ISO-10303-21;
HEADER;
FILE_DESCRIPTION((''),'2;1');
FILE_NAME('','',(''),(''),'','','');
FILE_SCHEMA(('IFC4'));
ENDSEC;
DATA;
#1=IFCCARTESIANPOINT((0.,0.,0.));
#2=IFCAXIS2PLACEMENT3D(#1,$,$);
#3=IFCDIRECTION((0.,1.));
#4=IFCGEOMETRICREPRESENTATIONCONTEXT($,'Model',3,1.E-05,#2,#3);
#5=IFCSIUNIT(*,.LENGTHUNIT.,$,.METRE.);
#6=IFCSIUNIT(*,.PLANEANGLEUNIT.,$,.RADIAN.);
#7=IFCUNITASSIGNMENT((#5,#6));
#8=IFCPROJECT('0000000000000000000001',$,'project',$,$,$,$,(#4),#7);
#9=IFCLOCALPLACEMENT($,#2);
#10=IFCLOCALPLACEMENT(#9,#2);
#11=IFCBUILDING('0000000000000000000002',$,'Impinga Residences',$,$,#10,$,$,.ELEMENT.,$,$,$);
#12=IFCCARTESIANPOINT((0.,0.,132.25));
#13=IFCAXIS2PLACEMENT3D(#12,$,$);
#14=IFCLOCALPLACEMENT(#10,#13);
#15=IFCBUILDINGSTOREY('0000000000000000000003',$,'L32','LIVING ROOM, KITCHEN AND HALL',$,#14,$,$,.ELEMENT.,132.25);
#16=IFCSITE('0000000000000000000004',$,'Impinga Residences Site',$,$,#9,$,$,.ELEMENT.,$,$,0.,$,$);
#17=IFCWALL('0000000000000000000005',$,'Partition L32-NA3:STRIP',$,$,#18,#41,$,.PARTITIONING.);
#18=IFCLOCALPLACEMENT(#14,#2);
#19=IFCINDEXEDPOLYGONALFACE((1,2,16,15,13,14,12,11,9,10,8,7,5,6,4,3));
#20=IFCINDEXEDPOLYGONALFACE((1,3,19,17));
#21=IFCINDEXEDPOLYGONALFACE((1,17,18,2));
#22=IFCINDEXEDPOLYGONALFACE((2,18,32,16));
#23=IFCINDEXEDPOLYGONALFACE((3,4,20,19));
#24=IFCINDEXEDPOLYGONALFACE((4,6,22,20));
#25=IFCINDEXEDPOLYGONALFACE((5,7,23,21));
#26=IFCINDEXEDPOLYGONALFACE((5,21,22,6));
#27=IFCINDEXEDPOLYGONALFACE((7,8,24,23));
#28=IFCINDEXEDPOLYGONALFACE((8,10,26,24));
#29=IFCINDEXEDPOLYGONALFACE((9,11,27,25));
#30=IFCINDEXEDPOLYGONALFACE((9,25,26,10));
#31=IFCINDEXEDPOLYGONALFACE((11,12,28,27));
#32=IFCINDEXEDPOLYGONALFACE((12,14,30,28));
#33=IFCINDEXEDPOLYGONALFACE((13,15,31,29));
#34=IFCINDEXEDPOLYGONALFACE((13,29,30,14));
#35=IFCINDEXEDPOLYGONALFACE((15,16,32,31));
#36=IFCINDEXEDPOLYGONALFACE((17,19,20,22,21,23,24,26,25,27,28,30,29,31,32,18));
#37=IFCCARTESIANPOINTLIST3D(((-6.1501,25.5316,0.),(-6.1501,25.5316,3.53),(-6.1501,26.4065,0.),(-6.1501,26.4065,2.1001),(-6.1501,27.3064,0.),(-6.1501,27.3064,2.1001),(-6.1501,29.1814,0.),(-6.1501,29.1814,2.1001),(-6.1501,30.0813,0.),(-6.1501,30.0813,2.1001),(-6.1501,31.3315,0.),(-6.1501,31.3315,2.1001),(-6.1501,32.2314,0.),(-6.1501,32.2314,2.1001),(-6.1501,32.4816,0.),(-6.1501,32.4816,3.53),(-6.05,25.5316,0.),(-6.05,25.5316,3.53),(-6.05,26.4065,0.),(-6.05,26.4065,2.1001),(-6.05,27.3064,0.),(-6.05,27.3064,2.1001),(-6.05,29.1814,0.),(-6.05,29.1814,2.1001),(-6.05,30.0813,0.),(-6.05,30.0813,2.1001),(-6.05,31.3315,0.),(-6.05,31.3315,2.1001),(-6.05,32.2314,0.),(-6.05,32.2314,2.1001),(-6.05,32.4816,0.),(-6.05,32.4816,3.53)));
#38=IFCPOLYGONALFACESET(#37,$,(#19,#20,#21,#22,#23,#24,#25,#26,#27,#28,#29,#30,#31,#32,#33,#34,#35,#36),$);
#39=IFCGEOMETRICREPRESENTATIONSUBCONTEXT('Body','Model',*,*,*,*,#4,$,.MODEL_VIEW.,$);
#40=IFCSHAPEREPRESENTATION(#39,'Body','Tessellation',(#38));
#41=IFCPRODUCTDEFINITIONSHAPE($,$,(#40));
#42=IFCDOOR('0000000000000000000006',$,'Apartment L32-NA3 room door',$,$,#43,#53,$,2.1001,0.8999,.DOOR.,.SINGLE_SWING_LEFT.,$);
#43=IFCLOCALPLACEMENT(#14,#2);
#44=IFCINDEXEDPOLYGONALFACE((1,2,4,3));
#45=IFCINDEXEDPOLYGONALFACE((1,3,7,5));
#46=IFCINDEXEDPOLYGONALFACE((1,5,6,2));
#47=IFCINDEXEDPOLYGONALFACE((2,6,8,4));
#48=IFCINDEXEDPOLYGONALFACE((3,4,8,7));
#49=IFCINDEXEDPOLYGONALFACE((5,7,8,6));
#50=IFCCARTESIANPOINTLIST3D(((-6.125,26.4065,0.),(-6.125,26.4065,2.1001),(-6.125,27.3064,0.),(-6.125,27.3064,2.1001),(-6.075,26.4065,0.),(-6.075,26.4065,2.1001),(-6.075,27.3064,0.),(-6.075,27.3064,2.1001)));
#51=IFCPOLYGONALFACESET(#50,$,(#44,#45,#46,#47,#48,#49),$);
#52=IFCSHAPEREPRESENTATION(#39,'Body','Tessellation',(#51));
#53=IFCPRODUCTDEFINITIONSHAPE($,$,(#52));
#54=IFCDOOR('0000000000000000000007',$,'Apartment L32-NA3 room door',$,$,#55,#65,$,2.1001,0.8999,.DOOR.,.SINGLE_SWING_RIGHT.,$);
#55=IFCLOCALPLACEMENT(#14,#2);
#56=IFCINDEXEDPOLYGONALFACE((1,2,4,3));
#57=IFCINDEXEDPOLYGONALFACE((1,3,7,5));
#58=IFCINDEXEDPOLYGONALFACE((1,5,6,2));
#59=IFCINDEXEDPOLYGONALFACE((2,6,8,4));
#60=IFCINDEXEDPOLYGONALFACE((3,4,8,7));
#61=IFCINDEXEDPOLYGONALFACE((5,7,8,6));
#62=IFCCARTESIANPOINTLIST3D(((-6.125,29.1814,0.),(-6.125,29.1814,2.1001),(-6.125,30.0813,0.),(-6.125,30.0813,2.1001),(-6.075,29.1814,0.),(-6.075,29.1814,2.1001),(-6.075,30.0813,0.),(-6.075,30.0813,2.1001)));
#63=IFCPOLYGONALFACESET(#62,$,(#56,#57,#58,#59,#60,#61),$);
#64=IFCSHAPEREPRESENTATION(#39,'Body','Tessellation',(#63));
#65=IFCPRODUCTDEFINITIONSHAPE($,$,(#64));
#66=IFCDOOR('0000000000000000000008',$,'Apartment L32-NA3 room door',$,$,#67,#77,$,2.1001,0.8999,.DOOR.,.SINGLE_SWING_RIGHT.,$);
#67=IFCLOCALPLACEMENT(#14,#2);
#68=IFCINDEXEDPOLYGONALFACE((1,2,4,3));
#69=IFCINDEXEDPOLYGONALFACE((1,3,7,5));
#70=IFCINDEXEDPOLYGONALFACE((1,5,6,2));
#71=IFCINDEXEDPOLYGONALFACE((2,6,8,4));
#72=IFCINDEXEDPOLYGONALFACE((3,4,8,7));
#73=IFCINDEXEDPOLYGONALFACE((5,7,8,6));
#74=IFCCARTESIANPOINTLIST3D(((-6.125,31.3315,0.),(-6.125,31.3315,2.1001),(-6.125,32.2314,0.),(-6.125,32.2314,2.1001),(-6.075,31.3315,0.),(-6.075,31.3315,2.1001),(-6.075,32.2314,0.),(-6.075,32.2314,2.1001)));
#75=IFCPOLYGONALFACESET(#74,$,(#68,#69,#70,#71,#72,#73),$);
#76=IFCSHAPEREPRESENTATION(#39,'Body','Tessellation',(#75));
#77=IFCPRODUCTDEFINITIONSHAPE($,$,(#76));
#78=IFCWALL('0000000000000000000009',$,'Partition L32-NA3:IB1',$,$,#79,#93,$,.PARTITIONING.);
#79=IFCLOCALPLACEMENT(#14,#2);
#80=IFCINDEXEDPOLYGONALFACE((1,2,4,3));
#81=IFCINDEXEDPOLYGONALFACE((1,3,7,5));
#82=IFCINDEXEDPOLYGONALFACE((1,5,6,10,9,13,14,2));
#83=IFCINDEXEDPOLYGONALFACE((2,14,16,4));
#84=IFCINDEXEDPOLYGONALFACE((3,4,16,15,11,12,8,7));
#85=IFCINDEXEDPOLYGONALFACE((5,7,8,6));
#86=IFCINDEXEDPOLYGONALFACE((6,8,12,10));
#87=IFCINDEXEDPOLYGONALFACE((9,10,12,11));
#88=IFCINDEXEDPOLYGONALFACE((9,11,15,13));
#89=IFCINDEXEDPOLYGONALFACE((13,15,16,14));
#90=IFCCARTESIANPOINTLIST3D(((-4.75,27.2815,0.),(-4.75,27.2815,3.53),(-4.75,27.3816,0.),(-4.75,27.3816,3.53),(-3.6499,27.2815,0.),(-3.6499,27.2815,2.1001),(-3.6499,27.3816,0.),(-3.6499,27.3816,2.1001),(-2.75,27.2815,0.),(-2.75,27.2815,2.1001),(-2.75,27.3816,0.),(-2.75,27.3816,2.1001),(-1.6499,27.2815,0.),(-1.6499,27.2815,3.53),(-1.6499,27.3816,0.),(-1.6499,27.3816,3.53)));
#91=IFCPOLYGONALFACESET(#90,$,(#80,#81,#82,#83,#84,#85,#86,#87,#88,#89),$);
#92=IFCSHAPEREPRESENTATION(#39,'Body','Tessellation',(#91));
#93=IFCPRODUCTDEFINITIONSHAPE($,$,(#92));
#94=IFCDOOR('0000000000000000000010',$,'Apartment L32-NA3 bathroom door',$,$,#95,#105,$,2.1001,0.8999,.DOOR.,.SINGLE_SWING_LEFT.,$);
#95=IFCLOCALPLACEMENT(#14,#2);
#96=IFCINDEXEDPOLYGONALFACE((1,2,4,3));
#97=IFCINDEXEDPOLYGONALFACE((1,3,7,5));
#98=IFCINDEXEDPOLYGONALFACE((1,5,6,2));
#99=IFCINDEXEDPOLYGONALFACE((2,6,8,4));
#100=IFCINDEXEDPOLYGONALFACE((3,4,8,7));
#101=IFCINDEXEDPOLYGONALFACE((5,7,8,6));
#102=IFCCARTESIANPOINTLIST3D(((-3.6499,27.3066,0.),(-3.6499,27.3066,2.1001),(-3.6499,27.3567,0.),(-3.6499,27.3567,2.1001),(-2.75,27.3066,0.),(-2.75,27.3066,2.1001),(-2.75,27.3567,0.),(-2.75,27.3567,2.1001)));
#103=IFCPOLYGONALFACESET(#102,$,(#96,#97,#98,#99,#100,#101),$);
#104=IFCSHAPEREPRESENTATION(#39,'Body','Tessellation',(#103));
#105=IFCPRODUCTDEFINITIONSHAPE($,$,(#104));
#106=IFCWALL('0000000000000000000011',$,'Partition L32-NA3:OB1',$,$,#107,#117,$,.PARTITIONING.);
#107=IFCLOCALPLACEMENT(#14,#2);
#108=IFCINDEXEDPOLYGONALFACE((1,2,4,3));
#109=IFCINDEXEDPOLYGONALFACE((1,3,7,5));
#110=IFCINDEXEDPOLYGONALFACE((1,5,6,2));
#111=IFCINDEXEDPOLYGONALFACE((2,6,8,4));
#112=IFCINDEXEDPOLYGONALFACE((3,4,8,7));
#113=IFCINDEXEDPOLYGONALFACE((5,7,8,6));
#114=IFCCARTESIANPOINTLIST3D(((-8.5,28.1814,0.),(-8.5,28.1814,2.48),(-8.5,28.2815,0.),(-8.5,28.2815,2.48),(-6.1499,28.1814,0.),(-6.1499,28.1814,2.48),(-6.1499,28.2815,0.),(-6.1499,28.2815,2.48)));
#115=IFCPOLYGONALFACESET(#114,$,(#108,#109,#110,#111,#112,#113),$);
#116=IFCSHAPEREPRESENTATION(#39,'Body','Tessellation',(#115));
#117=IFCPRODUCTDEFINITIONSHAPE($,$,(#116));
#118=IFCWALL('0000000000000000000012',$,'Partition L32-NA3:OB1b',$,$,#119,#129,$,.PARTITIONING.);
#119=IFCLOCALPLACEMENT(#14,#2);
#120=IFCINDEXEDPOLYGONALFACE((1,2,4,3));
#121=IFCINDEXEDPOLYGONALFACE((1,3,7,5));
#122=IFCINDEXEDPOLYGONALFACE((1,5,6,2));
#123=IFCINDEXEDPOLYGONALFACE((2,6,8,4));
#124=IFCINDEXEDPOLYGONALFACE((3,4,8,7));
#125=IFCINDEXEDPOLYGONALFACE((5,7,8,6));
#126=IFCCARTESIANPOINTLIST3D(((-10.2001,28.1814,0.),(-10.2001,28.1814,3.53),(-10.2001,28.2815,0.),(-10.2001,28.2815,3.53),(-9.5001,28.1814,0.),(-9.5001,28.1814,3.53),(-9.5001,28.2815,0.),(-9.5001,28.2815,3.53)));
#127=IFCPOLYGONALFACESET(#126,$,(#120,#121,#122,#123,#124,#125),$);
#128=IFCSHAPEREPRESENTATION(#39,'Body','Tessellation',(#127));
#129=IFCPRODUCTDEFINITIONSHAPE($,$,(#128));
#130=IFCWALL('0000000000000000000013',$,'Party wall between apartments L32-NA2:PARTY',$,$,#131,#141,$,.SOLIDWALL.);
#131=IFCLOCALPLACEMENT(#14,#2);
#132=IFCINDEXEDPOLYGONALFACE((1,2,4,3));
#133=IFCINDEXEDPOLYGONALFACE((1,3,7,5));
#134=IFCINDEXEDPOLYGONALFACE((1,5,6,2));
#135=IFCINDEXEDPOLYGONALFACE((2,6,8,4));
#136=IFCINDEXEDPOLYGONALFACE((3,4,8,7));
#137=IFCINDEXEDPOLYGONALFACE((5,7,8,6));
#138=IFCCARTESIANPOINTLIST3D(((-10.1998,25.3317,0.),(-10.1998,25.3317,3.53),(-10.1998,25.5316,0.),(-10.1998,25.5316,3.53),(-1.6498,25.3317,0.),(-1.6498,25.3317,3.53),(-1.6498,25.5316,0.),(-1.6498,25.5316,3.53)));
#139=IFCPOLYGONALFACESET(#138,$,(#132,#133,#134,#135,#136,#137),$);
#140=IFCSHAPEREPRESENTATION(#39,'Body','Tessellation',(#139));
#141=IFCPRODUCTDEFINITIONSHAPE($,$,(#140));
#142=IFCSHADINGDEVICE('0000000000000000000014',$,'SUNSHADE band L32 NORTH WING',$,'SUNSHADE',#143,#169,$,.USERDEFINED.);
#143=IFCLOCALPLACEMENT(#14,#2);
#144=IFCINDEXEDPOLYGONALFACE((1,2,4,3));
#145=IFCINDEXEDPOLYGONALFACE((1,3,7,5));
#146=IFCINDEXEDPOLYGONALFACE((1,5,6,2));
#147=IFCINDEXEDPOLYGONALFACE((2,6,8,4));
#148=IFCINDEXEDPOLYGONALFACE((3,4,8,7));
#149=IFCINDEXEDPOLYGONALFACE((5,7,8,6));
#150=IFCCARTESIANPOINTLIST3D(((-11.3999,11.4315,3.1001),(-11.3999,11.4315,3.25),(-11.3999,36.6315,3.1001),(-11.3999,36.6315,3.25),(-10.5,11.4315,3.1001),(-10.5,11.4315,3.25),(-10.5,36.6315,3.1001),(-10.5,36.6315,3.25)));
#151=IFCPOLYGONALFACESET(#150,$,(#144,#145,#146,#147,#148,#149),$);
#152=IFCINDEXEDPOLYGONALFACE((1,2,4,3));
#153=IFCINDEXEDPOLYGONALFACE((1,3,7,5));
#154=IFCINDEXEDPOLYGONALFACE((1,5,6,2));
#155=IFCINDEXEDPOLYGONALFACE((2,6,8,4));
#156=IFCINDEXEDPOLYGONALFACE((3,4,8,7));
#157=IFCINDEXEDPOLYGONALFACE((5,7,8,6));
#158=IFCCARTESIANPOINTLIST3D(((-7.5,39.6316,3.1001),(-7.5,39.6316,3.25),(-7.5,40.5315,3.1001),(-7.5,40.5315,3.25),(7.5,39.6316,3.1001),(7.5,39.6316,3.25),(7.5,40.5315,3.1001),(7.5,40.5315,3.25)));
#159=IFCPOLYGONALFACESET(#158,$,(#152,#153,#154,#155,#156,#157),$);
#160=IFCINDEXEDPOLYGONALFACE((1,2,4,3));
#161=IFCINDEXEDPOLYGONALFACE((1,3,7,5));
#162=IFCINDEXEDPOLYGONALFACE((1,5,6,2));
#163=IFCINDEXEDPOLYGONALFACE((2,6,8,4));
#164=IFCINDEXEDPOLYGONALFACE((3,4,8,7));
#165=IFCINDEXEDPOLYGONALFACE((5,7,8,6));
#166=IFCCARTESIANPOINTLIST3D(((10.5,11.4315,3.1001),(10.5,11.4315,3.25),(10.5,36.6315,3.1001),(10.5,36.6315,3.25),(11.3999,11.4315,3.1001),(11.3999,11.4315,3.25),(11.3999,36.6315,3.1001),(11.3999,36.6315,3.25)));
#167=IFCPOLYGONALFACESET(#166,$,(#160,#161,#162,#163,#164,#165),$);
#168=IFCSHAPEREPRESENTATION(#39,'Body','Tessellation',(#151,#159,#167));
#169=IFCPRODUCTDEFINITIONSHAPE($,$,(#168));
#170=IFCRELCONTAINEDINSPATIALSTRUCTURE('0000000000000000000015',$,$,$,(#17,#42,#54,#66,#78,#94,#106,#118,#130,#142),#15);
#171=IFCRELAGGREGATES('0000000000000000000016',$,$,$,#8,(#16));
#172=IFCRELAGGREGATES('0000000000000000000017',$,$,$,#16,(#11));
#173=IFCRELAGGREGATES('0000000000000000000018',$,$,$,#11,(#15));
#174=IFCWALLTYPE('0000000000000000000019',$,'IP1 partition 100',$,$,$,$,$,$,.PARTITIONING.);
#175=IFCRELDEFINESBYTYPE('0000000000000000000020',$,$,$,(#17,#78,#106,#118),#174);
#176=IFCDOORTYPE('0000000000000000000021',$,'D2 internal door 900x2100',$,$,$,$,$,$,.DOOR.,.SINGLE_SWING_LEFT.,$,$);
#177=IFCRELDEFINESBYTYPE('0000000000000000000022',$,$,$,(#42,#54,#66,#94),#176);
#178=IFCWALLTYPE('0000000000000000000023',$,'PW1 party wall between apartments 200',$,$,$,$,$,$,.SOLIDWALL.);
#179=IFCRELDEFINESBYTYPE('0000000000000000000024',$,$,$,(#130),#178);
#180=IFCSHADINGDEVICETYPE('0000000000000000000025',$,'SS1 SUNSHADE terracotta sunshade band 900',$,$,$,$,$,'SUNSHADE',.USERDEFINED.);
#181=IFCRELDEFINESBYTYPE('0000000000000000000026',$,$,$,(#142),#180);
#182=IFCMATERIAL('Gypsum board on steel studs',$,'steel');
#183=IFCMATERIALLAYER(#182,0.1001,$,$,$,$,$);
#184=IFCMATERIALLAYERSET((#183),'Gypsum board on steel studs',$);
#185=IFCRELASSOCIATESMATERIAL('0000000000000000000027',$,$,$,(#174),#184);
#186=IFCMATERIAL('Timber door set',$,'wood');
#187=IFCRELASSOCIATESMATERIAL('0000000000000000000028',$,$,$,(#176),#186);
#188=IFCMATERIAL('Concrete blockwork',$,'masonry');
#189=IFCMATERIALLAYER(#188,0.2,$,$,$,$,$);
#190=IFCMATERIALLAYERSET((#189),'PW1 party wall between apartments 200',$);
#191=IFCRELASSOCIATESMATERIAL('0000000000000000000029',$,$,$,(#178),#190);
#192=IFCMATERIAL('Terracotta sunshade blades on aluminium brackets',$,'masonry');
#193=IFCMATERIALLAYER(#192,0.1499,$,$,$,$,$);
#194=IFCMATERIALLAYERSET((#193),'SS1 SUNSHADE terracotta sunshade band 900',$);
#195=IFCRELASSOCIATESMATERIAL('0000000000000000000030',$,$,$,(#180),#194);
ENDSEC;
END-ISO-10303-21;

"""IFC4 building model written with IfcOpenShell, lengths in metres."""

from ifc_helpers import new_model, si_unit, direction, frame, frame_2d, origin, origin_2d, place, context, subcontext, project, spatial, rectangle, extrude, material, layer, layer_set, type_object, element, fill, save


model = new_model("IFC4")

# Units and contexts
model_context = context("Model", 3, precision=1e-05, world=origin(), true_north=direction((0.0, 1.0)))
body_context = subcontext(model_context, "Body", "Model", "MODEL_VIEW")
ifc_project = project(units=[si_unit("LENGTHUNIT", "METRE"), si_unit("PLANEANGLEUNIT", "RADIAN")], contexts=[model_context])

# Site, building, storey
site_placement = place(None, origin())
site = spatial("IfcSite", under=ifc_project, at=site_placement, Name="Impinga Residences Site", CompositionType="ELEMENT", RefElevation=0.0)
building_placement = place(site_placement, origin())
building = spatial("IfcBuilding", under=site, at=building_placement, Name="Impinga Residences", CompositionType="ELEMENT")
storey_placement = place(building_placement, frame((0.0, 0.0, 132.25)))
storey = spatial("IfcBuildingStorey", under=building, at=storey_placement, Name="L32", Description="LIVING ROOM, KITCHEN AND HALL", CompositionType="ELEMENT", Elevation=132.25)

# Shared definitions
ifc_material_1 = material(Name="Concrete blockwork", Category="masonry")
ifc_material_2 = material(Name="Timber door set", Category="wood")
ifc_material_3 = material(Name="Gypsum board on steel studs", Category="steel")
ifc_layer_1 = layer(ifc_material_3, 0.1001)
ifc_layer_set_1 = layer_set([ifc_layer_1], Name="Gypsum board on steel studs")
wall_type_1 = type_object("IfcWallType", Name="IP1 partition 100", PredefinedType="PARTITIONING", material=ifc_layer_set_1)
door_type_1 = type_object("IfcDoorType", Name="D2 internal door 900x2100", OperationType="SINGLE_SWING_LEFT", PredefinedType="DOOR", material=ifc_material_2)

# Wall, openings, doors
wall_1_placement = place(storey_placement, frame((-6.1001, 25.5315, 0.0), z_axis=(0.0, 0.0, 1.0), x_axis=(0.0, 1.0, 0.0)))
wall_1 = element("IfcWall", 1, at=wall_1_placement, inside=storey, type_object=wall_type_1, Name="Partition L32-NA3:STRIP", PredefinedType="PARTITIONING", context=body_context, shape_type="SweptSolid", body=[
    extrude(rectangle(XDim=6.95, YDim=0.1001, at=frame_2d((3.4751, 0.0))), origin(), (0.0, 0.0, 1.0), 3.53),
])
opening_1_placement = place(wall_1_placement, frame((0.875, 0.0, 0.0)))
opening_1 = element("IfcOpeningElement", 2, at=opening_1_placement, cuts=wall_1, PredefinedType="OPENING", context=body_context, shape_type="SweptSolid", body=[
    extrude(rectangle(XDim=0.8999, YDim=2.1001, at=frame_2d((0.45, 1.05))), frame((0.0, 0.0601, 0.0), z_axis=(0.0, -1.0, 0.0), x_axis=(1.0, 0.0, 0.0)), (0.0, 0.0, 1.0), 0.1201),
])
opening_2_placement = place(wall_1_placement, frame((3.6499, 0.0, 0.0)))
opening_2 = element("IfcOpeningElement", 3, at=opening_2_placement, cuts=wall_1, PredefinedType="OPENING", context=body_context, shape_type="SweptSolid", body=[
    extrude(rectangle(XDim=0.8999, YDim=2.1001, at=frame_2d((0.45, 1.05))), frame((0.0, 0.0601, 0.0), z_axis=(0.0, -1.0, 0.0), x_axis=(1.0, 0.0, 0.0)), (0.0, 0.0, 1.0), 0.1201),
])
opening_3_placement = place(wall_1_placement, frame((5.8, 0.0, 0.0)))
opening_3 = element("IfcOpeningElement", 4, at=opening_3_placement, cuts=wall_1, PredefinedType="OPENING", context=body_context, shape_type="SweptSolid", body=[
    extrude(rectangle(XDim=0.8999, YDim=2.1001, at=frame_2d((0.45, 1.05))), frame((0.0, 0.0601, 0.0), z_axis=(0.0, -1.0, 0.0), x_axis=(1.0, 0.0, 0.0)), (0.0, 0.0, 1.0), 0.1201),
])
door_1_placement = place(opening_1_placement, origin())
door_1 = element("IfcDoor", 5, at=door_1_placement, inside=storey, type_object=door_type_1, Name="Apartment L32-NA3 room door", OperationType="SINGLE_SWING_LEFT", OverallHeight=2.1001, OverallWidth=0.8999, PredefinedType="DOOR", context=body_context, shape_type="SweptSolid", body=[
    extrude(rectangle(XDim=0.8999, YDim=2.1001, at=frame_2d((0.45, 1.05))), frame((0.0, 0.0249, 0.0), z_axis=(0.0, -1.0, 0.0), x_axis=(1.0, 0.0, 0.0)), (0.0, 0.0, 1.0), 0.05),
])
fill(opening_1, door_1)
door_2_placement = place(opening_2_placement, origin())
door_2 = element("IfcDoor", 6, at=door_2_placement, inside=storey, type_object=door_type_1, Name="Apartment L32-NA3 room door", OperationType="SINGLE_SWING_RIGHT", OverallHeight=2.1001, OverallWidth=0.8999, PredefinedType="DOOR", context=body_context, shape_type="SweptSolid", body=[
    extrude(rectangle(XDim=0.8999, YDim=2.1001, at=frame_2d((0.45, 1.05))), frame((0.0, 0.0249, 0.0), z_axis=(0.0, -1.0, 0.0), x_axis=(1.0, 0.0, 0.0)), (0.0, 0.0, 1.0), 0.05),
])
fill(opening_2, door_2)
door_3_placement = place(opening_3_placement, origin())
door_3 = element("IfcDoor", 7, at=door_3_placement, inside=storey, type_object=door_type_1, Name="Apartment L32-NA3 room door", OperationType="SINGLE_SWING_RIGHT", OverallHeight=2.1001, OverallWidth=0.8999, PredefinedType="DOOR", context=body_context, shape_type="SweptSolid", body=[
    extrude(rectangle(XDim=0.8999, YDim=2.1001, at=frame_2d((0.45, 1.05))), frame((0.0, 0.0249, 0.0), z_axis=(0.0, -1.0, 0.0), x_axis=(1.0, 0.0, 0.0)), (0.0, 0.0, 1.0), 0.05),
])
fill(opening_3, door_3)

# Wall, opening, door
wall_2_placement = place(storey_placement, frame((-1.6499, 27.3315, 0.0), z_axis=(0.0, 0.0, 1.0), x_axis=(-1.0, 0.0, 0.0)))
wall_2 = element("IfcWall", 8, at=wall_2_placement, inside=storey, type_object=wall_type_1, Name="Partition L32-NA3:IB1", PredefinedType="PARTITIONING", context=body_context, shape_type="SweptSolid", body=[
    extrude(rectangle(XDim=3.1001, YDim=0.1001, at=frame_2d((1.55, 0.0))), origin(), (0.0, 0.0, 1.0), 3.53),
])
opening_4_placement = place(wall_2_placement, frame((1.1001, 0.0, 0.0)))
opening_4 = element("IfcOpeningElement", 9, at=opening_4_placement, cuts=wall_2, PredefinedType="OPENING", context=body_context, shape_type="SweptSolid", body=[
    extrude(rectangle(XDim=0.8999, YDim=2.1001, at=frame_2d((0.45, 1.05))), frame((0.0, 0.0601, 0.0), z_axis=(0.0, -1.0, 0.0), x_axis=(1.0, 0.0, 0.0)), (0.0, 0.0, 1.0), 0.1201),
])
door_4_placement = place(opening_4_placement, origin())
door_4 = element("IfcDoor", 10, at=door_4_placement, inside=storey, type_object=door_type_1, Name="Apartment L32-NA3 bathroom door", OperationType="SINGLE_SWING_LEFT", OverallHeight=2.1001, OverallWidth=0.8999, PredefinedType="DOOR", context=body_context, shape_type="SweptSolid", body=[
    extrude(rectangle(XDim=0.8999, YDim=2.1001, at=frame_2d((0.45, 1.05))), frame((0.0, 0.0249, 0.0), z_axis=(0.0, -1.0, 0.0), x_axis=(1.0, 0.0, 0.0)), (0.0, 0.0, 1.0), 0.05),
])
fill(opening_4, door_4)

# Walls
wall_3_placement = place(storey_placement, frame((-6.1499, 28.2314, 0.0), z_axis=(0.0, 0.0, 1.0), x_axis=(-1.0, 0.0, 0.0)))
element("IfcWall", 11, at=wall_3_placement, inside=storey, type_object=wall_type_1, Name="Partition L32-NA3:OB1", PredefinedType="PARTITIONING", context=body_context, shape_type="SweptSolid", body=[
    extrude(rectangle(XDim=2.3501, YDim=0.1001, at=frame_2d((1.175, 0.0))), origin(), (0.0, 0.0, 1.0), 2.48),
])
wall_4_placement = place(storey_placement, frame((-9.5, 28.2314, 0.0), z_axis=(0.0, 0.0, 1.0), x_axis=(-1.0, 0.0, 0.0)))
element("IfcWall", 12, at=wall_4_placement, inside=storey, type_object=wall_type_1, Name="Partition L32-NA3:OB1b", PredefinedType="PARTITIONING", context=body_context, shape_type="SweptSolid", body=[
    extrude(rectangle(XDim=0.7, YDim=0.1001, at=frame_2d((0.3501, 0.0))), origin(), (0.0, 0.0, 1.0), 3.53),
])
ifc_layer_2 = layer(ifc_material_1, 0.2)
ifc_layer_set_2 = layer_set([ifc_layer_2], Name="PW1 party wall between apartments 200")
wall_type_2 = type_object("IfcWallType", Name="PW1 party wall between apartments 200", PredefinedType="SOLIDWALL", material=ifc_layer_set_2)
wall_5_placement = place(storey_placement, frame((-1.6499, 25.4316, 0.0), z_axis=(0.0, 0.0, 1.0), x_axis=(-1.0, 0.0, 0.0)))
element("IfcWall", 13, at=wall_5_placement, inside=storey, type_object=wall_type_2, Name="Party wall between apartments L32-NA2:PARTY", PredefinedType="SOLIDWALL", context=body_context, shape_type="SweptSolid", body=[
    extrude(rectangle(XDim=8.55, YDim=0.2, at=frame_2d((4.2749, 0.0))), origin(), (0.0, 0.0, 1.0), 3.53),
])

# Shading device
ifc_material_4 = material(Name="Terracotta sunshade blades on aluminium brackets", Category="masonry")
ifc_layer_3 = layer(ifc_material_4, 0.1499)
ifc_layer_set_3 = layer_set([ifc_layer_3], Name="SS1 SUNSHADE terracotta sunshade band 900")
shading_device_type = type_object("IfcShadingDeviceType", Name="SS1 SUNSHADE terracotta sunshade band 900", ElementType="SUNSHADE", PredefinedType="USERDEFINED", material=ifc_layer_set_3)
shading_device_placement = place(storey_placement, frame((-10.95, 24.0315, 3.1001), z_axis=(0.0, 0.0, 1.0), x_axis=(0.0, 1.0, 0.0)))
element("IfcShadingDevice", 14, at=shading_device_placement, inside=storey, type_object=shading_device_type, Name="SUNSHADE band L32 NORTH WING", ObjectType="SUNSHADE", PredefinedType="USERDEFINED", context=body_context, shape_type="SweptSolid", body=[
    extrude(rectangle(XDim=25.2, YDim=0.8999, at=origin_2d()), origin(), (0.0, 0.0, 1.0), 0.1499),
    extrude(rectangle(XDim=15.0, YDim=0.8999, at=origin_2d()), frame((16.05, -10.95, 0.0), z_axis=(0.0, 0.0, 1.0), x_axis=(0.0, -1.0, 0.0)), (0.0, 0.0, 1.0), 0.1499),
    extrude(rectangle(XDim=25.2, YDim=0.8999, at=origin_2d()), frame((0.0, -21.8999, 0.0), z_axis=(0.0, 0.0, 1.0), x_axis=(-1.0, 0.0, 0.0)), (0.0, 0.0, 1.0), 0.1499),
])

save(model, "model.ifc")
